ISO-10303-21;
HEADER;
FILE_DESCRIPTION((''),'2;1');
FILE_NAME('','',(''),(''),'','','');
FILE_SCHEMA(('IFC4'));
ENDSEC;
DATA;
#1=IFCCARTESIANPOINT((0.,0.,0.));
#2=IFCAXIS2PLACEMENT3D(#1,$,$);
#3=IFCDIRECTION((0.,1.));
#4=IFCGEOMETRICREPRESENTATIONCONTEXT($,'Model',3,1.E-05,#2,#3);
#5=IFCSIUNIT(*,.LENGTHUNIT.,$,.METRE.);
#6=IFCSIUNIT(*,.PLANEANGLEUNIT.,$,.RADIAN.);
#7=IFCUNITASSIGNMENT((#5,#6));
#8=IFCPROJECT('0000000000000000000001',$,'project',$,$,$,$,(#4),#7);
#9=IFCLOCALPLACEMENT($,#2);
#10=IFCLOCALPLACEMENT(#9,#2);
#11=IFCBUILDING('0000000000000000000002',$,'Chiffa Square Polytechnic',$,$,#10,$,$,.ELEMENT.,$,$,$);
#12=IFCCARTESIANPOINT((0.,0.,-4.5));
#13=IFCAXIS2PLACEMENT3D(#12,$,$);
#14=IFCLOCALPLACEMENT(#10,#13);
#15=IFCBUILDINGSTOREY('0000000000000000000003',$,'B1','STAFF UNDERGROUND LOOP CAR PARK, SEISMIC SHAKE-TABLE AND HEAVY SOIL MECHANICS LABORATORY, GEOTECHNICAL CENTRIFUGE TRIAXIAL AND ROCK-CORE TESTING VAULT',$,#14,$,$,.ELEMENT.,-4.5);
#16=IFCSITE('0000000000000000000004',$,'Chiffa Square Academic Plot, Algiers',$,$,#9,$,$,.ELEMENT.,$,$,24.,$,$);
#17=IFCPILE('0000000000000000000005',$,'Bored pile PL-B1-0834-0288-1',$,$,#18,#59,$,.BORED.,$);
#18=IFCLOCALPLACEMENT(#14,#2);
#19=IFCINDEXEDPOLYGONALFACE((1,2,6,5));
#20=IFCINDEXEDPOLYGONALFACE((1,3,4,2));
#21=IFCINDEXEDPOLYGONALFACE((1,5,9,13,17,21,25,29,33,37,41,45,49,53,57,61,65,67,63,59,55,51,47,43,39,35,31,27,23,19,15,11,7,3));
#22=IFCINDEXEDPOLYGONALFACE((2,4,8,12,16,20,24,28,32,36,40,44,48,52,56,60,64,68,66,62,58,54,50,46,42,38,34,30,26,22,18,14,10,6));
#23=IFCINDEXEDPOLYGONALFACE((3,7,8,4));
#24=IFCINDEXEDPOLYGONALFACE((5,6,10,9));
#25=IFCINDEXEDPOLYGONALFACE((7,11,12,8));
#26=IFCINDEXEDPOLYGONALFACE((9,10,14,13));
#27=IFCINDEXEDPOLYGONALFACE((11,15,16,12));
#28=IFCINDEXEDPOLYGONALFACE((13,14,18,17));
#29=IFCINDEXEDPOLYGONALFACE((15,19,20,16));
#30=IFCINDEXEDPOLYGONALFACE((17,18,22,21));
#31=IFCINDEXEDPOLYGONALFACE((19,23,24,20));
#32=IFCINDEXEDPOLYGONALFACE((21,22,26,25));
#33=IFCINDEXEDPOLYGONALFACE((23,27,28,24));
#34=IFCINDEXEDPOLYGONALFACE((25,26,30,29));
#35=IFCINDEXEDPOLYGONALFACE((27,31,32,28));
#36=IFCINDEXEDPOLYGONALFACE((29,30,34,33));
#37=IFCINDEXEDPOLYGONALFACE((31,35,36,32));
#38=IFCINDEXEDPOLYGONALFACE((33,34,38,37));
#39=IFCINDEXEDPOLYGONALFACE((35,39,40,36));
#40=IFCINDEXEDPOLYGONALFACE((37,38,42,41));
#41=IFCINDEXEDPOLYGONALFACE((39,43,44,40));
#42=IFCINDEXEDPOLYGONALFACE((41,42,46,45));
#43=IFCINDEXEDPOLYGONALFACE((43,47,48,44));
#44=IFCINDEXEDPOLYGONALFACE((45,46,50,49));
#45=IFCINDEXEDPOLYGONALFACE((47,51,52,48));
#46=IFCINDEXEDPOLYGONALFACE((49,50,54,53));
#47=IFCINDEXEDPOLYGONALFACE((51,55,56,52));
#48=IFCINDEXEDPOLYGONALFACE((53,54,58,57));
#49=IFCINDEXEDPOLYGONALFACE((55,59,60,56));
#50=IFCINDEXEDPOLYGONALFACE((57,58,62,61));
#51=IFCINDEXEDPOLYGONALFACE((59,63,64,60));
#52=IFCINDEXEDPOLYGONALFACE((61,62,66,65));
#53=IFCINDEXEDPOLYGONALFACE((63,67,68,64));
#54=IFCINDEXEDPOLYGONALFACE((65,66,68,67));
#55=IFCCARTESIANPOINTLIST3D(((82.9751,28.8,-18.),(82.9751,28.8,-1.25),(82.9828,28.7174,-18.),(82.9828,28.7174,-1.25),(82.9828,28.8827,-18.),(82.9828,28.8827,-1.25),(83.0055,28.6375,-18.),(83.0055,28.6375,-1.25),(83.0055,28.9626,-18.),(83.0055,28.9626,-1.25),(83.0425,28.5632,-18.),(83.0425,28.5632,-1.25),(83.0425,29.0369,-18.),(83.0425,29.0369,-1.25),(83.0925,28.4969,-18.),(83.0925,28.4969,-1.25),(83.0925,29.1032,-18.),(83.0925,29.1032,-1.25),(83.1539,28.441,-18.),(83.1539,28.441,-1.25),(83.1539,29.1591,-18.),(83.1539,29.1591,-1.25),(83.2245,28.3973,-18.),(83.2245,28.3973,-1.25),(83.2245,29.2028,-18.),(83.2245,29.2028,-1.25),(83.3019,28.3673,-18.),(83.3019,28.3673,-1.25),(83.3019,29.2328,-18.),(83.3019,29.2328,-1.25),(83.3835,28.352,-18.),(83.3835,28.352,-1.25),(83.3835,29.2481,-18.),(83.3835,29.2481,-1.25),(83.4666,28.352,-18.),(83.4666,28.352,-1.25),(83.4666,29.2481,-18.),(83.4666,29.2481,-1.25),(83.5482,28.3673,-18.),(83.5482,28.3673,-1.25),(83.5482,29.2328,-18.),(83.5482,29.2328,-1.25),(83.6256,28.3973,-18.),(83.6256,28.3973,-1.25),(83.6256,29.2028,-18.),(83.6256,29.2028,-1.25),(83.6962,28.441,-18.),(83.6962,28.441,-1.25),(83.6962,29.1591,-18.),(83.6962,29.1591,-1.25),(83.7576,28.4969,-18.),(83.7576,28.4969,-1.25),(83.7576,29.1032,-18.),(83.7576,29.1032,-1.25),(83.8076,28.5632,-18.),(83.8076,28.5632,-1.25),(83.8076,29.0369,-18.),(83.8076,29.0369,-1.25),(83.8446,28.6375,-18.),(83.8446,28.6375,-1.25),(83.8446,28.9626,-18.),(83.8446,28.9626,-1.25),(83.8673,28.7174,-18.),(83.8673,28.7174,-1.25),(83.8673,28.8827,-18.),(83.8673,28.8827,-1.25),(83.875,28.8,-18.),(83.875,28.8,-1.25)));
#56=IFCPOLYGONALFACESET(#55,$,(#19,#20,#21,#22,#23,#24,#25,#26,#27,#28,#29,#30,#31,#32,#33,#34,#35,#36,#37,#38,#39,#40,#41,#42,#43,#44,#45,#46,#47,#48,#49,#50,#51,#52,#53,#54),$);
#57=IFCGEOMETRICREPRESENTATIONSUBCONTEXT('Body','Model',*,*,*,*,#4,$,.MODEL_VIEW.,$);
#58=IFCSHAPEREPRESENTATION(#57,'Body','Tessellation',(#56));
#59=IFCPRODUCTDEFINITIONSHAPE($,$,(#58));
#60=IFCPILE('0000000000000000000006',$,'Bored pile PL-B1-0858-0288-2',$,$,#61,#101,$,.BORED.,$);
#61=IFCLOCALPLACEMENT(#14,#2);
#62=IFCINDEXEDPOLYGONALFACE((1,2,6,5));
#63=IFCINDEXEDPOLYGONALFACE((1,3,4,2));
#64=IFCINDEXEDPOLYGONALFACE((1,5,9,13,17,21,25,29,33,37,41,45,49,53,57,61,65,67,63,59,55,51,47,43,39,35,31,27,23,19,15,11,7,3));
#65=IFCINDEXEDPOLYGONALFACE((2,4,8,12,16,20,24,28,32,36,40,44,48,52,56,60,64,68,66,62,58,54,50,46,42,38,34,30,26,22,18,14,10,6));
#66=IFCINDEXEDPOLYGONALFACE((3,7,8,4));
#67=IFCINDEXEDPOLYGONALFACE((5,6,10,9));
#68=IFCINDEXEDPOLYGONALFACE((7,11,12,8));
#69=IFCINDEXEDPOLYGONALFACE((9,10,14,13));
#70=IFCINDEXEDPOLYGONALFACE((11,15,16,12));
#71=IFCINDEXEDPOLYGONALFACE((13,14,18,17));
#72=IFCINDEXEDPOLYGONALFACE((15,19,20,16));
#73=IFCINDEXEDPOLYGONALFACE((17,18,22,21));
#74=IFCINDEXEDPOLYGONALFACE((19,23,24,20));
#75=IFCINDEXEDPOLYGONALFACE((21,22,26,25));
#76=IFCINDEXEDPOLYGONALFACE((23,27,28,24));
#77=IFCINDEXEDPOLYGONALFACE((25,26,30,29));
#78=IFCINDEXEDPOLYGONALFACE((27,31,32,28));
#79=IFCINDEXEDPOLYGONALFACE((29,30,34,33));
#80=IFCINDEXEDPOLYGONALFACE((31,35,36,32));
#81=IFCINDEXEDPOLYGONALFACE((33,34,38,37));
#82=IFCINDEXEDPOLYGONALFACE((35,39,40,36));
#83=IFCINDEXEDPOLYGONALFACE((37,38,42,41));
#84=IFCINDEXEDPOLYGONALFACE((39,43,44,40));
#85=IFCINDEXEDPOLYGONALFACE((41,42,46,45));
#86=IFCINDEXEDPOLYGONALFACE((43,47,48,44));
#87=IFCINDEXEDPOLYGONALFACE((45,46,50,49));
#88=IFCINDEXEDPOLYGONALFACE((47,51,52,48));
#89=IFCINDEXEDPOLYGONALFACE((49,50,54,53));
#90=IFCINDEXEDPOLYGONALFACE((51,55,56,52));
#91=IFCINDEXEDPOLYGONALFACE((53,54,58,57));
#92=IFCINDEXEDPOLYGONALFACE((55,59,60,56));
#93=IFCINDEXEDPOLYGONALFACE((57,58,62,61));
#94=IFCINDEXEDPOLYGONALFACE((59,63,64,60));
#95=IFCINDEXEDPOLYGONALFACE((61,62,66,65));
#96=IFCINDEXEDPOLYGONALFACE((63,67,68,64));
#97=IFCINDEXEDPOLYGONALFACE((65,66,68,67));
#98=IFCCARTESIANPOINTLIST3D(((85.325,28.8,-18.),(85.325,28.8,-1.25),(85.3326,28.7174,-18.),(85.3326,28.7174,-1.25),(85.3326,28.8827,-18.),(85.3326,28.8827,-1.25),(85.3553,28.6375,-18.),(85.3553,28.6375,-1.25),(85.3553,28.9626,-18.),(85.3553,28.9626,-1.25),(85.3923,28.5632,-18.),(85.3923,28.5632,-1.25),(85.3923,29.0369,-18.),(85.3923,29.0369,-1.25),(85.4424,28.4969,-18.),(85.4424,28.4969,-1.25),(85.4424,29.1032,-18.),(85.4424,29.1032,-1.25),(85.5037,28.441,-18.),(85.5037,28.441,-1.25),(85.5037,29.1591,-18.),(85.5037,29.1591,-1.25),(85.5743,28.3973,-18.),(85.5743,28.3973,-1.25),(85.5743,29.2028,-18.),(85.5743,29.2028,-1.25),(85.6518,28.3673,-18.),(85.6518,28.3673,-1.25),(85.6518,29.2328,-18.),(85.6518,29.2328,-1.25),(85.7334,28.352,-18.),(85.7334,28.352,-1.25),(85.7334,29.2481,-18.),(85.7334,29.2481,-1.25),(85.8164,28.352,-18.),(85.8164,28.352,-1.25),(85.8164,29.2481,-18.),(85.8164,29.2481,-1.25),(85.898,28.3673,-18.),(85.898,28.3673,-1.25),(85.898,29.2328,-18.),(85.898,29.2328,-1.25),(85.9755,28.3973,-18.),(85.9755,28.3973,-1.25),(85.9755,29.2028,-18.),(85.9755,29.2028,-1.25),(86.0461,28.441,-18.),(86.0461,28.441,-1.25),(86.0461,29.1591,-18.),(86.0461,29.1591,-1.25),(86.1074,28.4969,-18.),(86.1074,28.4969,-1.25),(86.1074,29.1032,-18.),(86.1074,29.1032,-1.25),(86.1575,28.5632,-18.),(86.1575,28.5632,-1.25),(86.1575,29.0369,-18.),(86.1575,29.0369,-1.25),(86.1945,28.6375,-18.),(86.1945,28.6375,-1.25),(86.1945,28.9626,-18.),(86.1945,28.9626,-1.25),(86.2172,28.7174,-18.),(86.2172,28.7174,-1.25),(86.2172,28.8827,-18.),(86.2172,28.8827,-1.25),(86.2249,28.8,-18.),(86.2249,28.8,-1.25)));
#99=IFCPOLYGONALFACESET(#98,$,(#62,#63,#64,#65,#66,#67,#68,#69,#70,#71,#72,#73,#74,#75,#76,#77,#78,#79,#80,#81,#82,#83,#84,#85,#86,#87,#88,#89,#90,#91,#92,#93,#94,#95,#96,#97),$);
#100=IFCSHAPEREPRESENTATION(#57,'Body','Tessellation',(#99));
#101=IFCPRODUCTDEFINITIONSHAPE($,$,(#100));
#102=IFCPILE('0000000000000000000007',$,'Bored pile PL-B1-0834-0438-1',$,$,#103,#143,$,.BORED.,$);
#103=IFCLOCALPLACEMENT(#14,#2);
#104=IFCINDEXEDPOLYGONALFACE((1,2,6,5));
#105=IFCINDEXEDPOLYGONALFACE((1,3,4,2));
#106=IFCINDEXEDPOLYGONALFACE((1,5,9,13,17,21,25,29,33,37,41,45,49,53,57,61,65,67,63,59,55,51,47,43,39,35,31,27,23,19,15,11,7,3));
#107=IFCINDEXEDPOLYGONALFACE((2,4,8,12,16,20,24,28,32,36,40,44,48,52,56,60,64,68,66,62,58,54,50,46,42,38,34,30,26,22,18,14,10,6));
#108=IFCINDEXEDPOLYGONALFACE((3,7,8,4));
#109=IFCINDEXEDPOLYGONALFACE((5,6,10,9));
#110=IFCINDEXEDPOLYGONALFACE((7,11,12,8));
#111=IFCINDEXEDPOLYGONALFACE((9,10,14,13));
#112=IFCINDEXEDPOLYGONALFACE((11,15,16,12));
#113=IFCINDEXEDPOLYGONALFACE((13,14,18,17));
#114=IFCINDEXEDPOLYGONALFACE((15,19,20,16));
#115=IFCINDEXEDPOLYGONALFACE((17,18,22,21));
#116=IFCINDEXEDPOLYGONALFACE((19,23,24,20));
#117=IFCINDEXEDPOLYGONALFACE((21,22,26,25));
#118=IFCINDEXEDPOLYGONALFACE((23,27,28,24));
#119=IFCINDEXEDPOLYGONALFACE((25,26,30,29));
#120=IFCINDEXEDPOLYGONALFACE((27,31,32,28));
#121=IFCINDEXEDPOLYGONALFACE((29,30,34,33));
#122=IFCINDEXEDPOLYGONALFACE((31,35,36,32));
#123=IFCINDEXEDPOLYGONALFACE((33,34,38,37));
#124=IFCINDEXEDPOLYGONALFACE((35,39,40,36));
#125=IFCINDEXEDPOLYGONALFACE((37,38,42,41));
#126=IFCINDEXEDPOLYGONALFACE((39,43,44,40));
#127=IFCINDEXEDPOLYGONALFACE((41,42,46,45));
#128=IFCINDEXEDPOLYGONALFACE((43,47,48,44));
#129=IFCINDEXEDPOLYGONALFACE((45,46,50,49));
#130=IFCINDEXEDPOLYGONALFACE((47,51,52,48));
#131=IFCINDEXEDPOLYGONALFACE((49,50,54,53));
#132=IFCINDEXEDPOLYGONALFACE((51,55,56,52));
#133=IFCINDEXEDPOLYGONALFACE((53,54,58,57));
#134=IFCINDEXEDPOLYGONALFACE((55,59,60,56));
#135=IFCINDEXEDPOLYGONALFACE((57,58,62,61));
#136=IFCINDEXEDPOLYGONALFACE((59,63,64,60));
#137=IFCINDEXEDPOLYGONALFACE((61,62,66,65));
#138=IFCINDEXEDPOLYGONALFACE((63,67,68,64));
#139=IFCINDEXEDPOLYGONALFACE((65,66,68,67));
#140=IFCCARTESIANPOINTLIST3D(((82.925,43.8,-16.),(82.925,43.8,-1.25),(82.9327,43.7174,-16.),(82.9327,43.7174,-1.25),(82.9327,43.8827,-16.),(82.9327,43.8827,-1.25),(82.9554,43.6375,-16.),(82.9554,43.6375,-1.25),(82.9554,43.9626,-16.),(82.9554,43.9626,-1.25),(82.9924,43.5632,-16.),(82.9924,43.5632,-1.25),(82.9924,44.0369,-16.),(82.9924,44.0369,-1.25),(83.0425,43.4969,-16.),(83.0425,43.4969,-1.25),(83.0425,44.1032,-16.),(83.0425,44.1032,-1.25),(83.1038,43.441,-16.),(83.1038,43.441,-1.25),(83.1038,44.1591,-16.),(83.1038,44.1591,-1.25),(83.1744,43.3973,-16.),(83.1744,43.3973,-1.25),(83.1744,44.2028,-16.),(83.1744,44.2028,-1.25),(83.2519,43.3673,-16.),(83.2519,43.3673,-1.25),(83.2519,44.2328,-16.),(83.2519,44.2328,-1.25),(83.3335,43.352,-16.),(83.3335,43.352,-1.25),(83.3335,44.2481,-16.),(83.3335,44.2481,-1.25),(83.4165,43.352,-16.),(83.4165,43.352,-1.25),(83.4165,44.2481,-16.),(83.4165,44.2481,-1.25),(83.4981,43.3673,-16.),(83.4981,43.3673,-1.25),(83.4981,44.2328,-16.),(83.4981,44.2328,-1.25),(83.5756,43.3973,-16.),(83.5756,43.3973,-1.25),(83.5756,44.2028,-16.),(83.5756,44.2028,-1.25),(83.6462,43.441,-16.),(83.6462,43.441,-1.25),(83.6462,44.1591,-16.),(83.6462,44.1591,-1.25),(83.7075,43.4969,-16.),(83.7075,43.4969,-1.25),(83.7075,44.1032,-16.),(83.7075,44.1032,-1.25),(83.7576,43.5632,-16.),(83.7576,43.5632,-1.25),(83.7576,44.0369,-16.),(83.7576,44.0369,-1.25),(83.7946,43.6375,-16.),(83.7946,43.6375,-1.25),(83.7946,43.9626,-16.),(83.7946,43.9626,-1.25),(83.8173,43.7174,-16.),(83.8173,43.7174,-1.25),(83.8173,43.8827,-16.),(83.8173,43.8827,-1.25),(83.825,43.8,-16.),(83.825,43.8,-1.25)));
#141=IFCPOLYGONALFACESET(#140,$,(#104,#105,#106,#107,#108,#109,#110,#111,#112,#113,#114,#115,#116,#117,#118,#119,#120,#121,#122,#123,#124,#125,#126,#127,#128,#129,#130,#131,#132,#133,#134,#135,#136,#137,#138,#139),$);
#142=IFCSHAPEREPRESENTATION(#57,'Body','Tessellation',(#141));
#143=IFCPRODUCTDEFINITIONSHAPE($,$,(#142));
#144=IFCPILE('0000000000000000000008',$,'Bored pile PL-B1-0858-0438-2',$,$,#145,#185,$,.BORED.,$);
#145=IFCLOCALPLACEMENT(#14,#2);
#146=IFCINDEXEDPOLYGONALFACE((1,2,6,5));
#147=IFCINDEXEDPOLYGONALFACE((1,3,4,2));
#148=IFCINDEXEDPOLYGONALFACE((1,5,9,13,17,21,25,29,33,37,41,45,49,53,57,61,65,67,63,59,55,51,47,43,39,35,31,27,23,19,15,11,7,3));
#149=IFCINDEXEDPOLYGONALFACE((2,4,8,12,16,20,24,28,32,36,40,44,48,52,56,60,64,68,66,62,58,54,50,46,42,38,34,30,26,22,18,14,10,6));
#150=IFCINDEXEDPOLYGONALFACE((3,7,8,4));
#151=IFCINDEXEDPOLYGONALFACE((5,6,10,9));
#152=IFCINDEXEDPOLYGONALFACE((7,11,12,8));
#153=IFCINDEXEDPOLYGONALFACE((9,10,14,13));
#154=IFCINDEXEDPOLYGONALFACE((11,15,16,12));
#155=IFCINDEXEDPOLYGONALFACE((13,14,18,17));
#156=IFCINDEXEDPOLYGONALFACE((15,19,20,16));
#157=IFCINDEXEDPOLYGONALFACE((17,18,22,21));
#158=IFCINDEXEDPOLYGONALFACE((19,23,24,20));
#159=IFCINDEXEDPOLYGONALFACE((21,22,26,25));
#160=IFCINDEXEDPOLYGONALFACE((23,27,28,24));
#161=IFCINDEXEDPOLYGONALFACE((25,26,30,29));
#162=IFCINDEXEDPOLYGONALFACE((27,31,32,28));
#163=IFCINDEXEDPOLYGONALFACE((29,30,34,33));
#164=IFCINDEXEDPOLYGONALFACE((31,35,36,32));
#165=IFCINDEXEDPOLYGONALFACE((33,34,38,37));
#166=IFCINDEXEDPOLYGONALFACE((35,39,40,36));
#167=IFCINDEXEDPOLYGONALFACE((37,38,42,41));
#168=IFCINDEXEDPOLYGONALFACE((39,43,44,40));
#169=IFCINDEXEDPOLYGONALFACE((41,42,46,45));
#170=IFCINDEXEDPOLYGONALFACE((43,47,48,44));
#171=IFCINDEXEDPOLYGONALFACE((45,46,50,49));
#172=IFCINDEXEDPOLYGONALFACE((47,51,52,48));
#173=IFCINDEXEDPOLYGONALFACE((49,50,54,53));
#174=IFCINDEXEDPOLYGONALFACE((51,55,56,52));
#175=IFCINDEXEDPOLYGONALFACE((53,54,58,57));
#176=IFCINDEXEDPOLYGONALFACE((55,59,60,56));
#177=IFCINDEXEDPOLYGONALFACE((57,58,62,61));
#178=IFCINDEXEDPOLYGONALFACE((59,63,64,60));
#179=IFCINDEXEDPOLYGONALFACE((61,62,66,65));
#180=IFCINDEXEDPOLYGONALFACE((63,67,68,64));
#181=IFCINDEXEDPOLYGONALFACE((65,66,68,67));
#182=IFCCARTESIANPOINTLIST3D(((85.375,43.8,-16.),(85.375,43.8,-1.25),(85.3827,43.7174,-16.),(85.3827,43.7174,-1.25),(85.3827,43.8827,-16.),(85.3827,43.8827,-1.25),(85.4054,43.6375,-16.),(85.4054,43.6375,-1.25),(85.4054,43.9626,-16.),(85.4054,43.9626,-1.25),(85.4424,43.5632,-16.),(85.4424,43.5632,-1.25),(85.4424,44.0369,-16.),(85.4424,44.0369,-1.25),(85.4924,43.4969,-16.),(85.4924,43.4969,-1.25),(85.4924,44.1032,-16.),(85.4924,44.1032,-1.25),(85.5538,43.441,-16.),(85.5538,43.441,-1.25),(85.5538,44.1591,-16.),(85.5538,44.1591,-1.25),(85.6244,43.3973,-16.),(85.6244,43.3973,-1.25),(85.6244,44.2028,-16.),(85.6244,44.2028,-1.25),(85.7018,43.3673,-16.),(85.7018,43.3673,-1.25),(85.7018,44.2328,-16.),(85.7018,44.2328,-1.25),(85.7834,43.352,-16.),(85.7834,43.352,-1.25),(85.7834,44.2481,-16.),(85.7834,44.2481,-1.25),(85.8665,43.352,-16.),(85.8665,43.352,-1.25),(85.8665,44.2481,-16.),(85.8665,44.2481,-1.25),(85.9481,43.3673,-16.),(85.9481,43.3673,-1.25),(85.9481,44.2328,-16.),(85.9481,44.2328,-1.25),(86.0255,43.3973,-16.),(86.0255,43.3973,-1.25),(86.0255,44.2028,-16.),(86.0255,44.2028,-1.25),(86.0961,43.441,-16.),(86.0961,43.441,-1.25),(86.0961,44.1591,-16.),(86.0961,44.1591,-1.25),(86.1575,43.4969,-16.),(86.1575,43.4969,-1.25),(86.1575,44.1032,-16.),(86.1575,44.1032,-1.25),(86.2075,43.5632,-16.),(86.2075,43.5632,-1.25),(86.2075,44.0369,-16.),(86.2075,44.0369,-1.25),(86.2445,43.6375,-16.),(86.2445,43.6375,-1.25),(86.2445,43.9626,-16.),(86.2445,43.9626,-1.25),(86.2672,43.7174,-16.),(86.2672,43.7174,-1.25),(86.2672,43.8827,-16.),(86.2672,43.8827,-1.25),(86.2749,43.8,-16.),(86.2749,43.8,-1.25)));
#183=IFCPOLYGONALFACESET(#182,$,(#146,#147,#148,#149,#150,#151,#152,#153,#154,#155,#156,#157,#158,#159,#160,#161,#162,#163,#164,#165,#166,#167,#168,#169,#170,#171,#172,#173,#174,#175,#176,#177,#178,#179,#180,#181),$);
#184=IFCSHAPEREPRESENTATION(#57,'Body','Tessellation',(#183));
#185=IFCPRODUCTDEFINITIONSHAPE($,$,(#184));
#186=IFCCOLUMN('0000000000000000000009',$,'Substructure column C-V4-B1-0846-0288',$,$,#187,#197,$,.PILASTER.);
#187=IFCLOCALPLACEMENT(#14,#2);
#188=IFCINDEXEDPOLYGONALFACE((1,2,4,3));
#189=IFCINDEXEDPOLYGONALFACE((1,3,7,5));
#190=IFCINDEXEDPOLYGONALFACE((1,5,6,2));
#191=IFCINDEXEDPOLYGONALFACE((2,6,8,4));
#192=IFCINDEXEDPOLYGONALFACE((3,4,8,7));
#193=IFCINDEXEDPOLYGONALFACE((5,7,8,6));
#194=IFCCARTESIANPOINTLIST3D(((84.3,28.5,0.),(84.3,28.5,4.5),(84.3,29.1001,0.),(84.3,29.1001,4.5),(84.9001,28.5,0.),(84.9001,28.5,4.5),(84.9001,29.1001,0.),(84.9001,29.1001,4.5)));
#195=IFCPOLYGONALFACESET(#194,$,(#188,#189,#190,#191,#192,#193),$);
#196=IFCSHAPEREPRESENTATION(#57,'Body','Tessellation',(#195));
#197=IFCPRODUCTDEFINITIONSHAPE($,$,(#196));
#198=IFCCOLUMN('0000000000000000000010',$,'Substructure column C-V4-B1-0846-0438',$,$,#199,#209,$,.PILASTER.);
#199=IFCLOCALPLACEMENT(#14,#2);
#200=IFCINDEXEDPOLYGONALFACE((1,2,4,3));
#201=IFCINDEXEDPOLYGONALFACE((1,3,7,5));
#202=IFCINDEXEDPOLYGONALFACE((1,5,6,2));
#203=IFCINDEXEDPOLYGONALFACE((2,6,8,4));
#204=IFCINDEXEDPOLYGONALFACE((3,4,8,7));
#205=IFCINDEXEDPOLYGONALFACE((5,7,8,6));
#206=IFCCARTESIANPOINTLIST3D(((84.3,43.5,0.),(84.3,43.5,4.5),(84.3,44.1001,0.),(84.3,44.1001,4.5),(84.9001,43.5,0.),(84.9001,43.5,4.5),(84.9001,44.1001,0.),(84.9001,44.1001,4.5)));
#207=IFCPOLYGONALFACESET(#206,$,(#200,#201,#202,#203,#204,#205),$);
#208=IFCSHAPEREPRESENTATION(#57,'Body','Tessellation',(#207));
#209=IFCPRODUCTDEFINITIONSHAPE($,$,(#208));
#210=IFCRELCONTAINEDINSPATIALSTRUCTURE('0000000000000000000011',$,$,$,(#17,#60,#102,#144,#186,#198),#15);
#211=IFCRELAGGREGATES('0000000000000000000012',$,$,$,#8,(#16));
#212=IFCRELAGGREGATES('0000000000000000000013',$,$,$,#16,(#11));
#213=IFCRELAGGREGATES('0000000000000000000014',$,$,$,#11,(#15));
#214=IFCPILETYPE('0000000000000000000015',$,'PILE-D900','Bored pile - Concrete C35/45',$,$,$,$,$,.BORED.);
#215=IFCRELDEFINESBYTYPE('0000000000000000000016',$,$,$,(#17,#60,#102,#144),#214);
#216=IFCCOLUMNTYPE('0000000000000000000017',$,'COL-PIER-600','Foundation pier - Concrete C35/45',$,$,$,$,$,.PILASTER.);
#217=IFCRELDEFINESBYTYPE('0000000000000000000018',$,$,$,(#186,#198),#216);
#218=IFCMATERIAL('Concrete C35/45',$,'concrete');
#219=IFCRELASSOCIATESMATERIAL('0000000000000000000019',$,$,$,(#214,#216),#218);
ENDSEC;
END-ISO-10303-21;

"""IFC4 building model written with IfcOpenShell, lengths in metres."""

from ifc_helpers import new_model, si_unit, direction, frame, origin, origin_2d, place, context, subcontext, project, spatial, rectangle, circle, extrude, material, material_profile, profile_set, type_object, element, save


model = new_model("IFC4")

# Units and contexts
model_context = context("Model", 3, precision=1e-05, world=origin(), true_north=direction((0.0, 1.0)))
body_context = subcontext(model_context, "Body", "Model", "MODEL_VIEW")
ifc_project = project(units=[si_unit("LENGTHUNIT", "METRE"), si_unit("PLANEANGLEUNIT", "RADIAN")], contexts=[model_context])

# Site, building, storey
site_placement = place(None, origin())
site = spatial("IfcSite", under=ifc_project, at=site_placement, Name="Chiffa Square Academic Plot, Algiers", CompositionType="ELEMENT", RefElevation=24.0)
building_placement = place(site_placement, origin())
building = spatial("IfcBuilding", under=site, at=building_placement, Name="Chiffa Square Polytechnic", CompositionType="ELEMENT")
storey_placement = place(building_placement, frame((0.0, 0.0, -4.5)))
storey = spatial("IfcBuildingStorey", under=building, at=storey_placement, Name="B1", Description="STAFF UNDERGROUND LOOP CAR PARK, SEISMIC SHAKE-TABLE AND HEAVY SOIL MECHANICS LABORATORY, GEOTECHNICAL CENTRIFUGE TRIAXIAL AND ROCK-CORE TESTING VAULT", CompositionType="ELEMENT", Elevation=-4.5)

# Shared definitions
ifc_material_1 = material(Name="Concrete C35/45", Category="concrete")

# Piles
ifc_material_profile_1 = material_profile(ifc_material_1, circle(Radius=0.45, at=origin_2d()), Name="PILE D900")
ifc_profile_set_1 = profile_set([ifc_material_profile_1], Name="Concrete C35/45")
pile_type_1 = type_object("IfcPileType", Name="PILE-D900", Description="Bored pile - Concrete C35/45", PredefinedType="BORED", material=ifc_profile_set_1)
for number, where, z_axis, x_axis, name in (
    (1, (83.425, 28.8, -1.25), (0.0, 0.0, -1.0), (1.0, 0.0, 0.0), "Bored pile PL-B1-0834-0288-1"),
    (2, (85.7749, 28.8, -1.25), (0.0, 0.0, -1.0), (1.0, 0.0, 0.0), "Bored pile PL-B1-0858-0288-2"),
):
    element("IfcPile", number, at=place(storey_placement, frame(where, z_axis=z_axis, x_axis=x_axis)), inside=storey, type_object=pile_type_1, Name=name, PredefinedType="BORED", context=body_context, shape_type="SweptSolid", body=[
        extrude(circle(Radius=0.45, at=origin_2d()), origin(), (0.0, 0.0, 1.0), 16.75),
    ])
for number, where, z_axis, x_axis, name in (
    (3, (83.375, 43.8, -1.25), (0.0, 0.0, -1.0), (1.0, 0.0, 0.0), "Bored pile PL-B1-0834-0438-1"),
    (4, (85.825, 43.8, -1.25), (0.0, 0.0, -1.0), (1.0, 0.0, 0.0), "Bored pile PL-B1-0858-0438-2"),
):
    element("IfcPile", number, at=place(storey_placement, frame(where, z_axis=z_axis, x_axis=x_axis)), inside=storey, type_object=pile_type_1, Name=name, PredefinedType="BORED", context=body_context, shape_type="SweptSolid", body=[
        extrude(circle(Radius=0.45, at=origin_2d()), origin(), (0.0, 0.0, 1.0), 14.75),
    ])

# Columns
ifc_material_profile_2 = material_profile(ifc_material_1, rectangle(XDim=0.6001, YDim=0.6001, at=origin_2d()), Name="RC 600x600")
ifc_profile_set_2 = profile_set([ifc_material_profile_2], Name="Concrete C35/45")
column_type = type_object("IfcColumnType", Name="COL-PIER-600", Description="Foundation pier - Concrete C35/45", PredefinedType="PILASTER", material=ifc_profile_set_2)
for number, where, z_axis, x_axis, name in (
    (5, (84.6001, 28.8, 0.0), (0.0, 0.0, 1.0), (1.0, 0.0, 0.0), "Substructure column C-V4-B1-0846-0288"),
    (6, (84.6001, 43.8, 0.0), (0.0, 0.0, 1.0), (1.0, 0.0, 0.0), "Substructure column C-V4-B1-0846-0438"),
):
    element("IfcColumn", number, at=place(storey_placement, frame(where, z_axis=z_axis, x_axis=x_axis)), inside=storey, type_object=column_type, Name=name, PredefinedType="PILASTER", context=body_context, shape_type="SweptSolid", body=[
        extrude(rectangle(XDim=0.6001, YDim=0.6001, at=origin_2d()), origin(), (0.0, 0.0, 1.0), 4.5),
    ])

save(model, "model.ifc")
